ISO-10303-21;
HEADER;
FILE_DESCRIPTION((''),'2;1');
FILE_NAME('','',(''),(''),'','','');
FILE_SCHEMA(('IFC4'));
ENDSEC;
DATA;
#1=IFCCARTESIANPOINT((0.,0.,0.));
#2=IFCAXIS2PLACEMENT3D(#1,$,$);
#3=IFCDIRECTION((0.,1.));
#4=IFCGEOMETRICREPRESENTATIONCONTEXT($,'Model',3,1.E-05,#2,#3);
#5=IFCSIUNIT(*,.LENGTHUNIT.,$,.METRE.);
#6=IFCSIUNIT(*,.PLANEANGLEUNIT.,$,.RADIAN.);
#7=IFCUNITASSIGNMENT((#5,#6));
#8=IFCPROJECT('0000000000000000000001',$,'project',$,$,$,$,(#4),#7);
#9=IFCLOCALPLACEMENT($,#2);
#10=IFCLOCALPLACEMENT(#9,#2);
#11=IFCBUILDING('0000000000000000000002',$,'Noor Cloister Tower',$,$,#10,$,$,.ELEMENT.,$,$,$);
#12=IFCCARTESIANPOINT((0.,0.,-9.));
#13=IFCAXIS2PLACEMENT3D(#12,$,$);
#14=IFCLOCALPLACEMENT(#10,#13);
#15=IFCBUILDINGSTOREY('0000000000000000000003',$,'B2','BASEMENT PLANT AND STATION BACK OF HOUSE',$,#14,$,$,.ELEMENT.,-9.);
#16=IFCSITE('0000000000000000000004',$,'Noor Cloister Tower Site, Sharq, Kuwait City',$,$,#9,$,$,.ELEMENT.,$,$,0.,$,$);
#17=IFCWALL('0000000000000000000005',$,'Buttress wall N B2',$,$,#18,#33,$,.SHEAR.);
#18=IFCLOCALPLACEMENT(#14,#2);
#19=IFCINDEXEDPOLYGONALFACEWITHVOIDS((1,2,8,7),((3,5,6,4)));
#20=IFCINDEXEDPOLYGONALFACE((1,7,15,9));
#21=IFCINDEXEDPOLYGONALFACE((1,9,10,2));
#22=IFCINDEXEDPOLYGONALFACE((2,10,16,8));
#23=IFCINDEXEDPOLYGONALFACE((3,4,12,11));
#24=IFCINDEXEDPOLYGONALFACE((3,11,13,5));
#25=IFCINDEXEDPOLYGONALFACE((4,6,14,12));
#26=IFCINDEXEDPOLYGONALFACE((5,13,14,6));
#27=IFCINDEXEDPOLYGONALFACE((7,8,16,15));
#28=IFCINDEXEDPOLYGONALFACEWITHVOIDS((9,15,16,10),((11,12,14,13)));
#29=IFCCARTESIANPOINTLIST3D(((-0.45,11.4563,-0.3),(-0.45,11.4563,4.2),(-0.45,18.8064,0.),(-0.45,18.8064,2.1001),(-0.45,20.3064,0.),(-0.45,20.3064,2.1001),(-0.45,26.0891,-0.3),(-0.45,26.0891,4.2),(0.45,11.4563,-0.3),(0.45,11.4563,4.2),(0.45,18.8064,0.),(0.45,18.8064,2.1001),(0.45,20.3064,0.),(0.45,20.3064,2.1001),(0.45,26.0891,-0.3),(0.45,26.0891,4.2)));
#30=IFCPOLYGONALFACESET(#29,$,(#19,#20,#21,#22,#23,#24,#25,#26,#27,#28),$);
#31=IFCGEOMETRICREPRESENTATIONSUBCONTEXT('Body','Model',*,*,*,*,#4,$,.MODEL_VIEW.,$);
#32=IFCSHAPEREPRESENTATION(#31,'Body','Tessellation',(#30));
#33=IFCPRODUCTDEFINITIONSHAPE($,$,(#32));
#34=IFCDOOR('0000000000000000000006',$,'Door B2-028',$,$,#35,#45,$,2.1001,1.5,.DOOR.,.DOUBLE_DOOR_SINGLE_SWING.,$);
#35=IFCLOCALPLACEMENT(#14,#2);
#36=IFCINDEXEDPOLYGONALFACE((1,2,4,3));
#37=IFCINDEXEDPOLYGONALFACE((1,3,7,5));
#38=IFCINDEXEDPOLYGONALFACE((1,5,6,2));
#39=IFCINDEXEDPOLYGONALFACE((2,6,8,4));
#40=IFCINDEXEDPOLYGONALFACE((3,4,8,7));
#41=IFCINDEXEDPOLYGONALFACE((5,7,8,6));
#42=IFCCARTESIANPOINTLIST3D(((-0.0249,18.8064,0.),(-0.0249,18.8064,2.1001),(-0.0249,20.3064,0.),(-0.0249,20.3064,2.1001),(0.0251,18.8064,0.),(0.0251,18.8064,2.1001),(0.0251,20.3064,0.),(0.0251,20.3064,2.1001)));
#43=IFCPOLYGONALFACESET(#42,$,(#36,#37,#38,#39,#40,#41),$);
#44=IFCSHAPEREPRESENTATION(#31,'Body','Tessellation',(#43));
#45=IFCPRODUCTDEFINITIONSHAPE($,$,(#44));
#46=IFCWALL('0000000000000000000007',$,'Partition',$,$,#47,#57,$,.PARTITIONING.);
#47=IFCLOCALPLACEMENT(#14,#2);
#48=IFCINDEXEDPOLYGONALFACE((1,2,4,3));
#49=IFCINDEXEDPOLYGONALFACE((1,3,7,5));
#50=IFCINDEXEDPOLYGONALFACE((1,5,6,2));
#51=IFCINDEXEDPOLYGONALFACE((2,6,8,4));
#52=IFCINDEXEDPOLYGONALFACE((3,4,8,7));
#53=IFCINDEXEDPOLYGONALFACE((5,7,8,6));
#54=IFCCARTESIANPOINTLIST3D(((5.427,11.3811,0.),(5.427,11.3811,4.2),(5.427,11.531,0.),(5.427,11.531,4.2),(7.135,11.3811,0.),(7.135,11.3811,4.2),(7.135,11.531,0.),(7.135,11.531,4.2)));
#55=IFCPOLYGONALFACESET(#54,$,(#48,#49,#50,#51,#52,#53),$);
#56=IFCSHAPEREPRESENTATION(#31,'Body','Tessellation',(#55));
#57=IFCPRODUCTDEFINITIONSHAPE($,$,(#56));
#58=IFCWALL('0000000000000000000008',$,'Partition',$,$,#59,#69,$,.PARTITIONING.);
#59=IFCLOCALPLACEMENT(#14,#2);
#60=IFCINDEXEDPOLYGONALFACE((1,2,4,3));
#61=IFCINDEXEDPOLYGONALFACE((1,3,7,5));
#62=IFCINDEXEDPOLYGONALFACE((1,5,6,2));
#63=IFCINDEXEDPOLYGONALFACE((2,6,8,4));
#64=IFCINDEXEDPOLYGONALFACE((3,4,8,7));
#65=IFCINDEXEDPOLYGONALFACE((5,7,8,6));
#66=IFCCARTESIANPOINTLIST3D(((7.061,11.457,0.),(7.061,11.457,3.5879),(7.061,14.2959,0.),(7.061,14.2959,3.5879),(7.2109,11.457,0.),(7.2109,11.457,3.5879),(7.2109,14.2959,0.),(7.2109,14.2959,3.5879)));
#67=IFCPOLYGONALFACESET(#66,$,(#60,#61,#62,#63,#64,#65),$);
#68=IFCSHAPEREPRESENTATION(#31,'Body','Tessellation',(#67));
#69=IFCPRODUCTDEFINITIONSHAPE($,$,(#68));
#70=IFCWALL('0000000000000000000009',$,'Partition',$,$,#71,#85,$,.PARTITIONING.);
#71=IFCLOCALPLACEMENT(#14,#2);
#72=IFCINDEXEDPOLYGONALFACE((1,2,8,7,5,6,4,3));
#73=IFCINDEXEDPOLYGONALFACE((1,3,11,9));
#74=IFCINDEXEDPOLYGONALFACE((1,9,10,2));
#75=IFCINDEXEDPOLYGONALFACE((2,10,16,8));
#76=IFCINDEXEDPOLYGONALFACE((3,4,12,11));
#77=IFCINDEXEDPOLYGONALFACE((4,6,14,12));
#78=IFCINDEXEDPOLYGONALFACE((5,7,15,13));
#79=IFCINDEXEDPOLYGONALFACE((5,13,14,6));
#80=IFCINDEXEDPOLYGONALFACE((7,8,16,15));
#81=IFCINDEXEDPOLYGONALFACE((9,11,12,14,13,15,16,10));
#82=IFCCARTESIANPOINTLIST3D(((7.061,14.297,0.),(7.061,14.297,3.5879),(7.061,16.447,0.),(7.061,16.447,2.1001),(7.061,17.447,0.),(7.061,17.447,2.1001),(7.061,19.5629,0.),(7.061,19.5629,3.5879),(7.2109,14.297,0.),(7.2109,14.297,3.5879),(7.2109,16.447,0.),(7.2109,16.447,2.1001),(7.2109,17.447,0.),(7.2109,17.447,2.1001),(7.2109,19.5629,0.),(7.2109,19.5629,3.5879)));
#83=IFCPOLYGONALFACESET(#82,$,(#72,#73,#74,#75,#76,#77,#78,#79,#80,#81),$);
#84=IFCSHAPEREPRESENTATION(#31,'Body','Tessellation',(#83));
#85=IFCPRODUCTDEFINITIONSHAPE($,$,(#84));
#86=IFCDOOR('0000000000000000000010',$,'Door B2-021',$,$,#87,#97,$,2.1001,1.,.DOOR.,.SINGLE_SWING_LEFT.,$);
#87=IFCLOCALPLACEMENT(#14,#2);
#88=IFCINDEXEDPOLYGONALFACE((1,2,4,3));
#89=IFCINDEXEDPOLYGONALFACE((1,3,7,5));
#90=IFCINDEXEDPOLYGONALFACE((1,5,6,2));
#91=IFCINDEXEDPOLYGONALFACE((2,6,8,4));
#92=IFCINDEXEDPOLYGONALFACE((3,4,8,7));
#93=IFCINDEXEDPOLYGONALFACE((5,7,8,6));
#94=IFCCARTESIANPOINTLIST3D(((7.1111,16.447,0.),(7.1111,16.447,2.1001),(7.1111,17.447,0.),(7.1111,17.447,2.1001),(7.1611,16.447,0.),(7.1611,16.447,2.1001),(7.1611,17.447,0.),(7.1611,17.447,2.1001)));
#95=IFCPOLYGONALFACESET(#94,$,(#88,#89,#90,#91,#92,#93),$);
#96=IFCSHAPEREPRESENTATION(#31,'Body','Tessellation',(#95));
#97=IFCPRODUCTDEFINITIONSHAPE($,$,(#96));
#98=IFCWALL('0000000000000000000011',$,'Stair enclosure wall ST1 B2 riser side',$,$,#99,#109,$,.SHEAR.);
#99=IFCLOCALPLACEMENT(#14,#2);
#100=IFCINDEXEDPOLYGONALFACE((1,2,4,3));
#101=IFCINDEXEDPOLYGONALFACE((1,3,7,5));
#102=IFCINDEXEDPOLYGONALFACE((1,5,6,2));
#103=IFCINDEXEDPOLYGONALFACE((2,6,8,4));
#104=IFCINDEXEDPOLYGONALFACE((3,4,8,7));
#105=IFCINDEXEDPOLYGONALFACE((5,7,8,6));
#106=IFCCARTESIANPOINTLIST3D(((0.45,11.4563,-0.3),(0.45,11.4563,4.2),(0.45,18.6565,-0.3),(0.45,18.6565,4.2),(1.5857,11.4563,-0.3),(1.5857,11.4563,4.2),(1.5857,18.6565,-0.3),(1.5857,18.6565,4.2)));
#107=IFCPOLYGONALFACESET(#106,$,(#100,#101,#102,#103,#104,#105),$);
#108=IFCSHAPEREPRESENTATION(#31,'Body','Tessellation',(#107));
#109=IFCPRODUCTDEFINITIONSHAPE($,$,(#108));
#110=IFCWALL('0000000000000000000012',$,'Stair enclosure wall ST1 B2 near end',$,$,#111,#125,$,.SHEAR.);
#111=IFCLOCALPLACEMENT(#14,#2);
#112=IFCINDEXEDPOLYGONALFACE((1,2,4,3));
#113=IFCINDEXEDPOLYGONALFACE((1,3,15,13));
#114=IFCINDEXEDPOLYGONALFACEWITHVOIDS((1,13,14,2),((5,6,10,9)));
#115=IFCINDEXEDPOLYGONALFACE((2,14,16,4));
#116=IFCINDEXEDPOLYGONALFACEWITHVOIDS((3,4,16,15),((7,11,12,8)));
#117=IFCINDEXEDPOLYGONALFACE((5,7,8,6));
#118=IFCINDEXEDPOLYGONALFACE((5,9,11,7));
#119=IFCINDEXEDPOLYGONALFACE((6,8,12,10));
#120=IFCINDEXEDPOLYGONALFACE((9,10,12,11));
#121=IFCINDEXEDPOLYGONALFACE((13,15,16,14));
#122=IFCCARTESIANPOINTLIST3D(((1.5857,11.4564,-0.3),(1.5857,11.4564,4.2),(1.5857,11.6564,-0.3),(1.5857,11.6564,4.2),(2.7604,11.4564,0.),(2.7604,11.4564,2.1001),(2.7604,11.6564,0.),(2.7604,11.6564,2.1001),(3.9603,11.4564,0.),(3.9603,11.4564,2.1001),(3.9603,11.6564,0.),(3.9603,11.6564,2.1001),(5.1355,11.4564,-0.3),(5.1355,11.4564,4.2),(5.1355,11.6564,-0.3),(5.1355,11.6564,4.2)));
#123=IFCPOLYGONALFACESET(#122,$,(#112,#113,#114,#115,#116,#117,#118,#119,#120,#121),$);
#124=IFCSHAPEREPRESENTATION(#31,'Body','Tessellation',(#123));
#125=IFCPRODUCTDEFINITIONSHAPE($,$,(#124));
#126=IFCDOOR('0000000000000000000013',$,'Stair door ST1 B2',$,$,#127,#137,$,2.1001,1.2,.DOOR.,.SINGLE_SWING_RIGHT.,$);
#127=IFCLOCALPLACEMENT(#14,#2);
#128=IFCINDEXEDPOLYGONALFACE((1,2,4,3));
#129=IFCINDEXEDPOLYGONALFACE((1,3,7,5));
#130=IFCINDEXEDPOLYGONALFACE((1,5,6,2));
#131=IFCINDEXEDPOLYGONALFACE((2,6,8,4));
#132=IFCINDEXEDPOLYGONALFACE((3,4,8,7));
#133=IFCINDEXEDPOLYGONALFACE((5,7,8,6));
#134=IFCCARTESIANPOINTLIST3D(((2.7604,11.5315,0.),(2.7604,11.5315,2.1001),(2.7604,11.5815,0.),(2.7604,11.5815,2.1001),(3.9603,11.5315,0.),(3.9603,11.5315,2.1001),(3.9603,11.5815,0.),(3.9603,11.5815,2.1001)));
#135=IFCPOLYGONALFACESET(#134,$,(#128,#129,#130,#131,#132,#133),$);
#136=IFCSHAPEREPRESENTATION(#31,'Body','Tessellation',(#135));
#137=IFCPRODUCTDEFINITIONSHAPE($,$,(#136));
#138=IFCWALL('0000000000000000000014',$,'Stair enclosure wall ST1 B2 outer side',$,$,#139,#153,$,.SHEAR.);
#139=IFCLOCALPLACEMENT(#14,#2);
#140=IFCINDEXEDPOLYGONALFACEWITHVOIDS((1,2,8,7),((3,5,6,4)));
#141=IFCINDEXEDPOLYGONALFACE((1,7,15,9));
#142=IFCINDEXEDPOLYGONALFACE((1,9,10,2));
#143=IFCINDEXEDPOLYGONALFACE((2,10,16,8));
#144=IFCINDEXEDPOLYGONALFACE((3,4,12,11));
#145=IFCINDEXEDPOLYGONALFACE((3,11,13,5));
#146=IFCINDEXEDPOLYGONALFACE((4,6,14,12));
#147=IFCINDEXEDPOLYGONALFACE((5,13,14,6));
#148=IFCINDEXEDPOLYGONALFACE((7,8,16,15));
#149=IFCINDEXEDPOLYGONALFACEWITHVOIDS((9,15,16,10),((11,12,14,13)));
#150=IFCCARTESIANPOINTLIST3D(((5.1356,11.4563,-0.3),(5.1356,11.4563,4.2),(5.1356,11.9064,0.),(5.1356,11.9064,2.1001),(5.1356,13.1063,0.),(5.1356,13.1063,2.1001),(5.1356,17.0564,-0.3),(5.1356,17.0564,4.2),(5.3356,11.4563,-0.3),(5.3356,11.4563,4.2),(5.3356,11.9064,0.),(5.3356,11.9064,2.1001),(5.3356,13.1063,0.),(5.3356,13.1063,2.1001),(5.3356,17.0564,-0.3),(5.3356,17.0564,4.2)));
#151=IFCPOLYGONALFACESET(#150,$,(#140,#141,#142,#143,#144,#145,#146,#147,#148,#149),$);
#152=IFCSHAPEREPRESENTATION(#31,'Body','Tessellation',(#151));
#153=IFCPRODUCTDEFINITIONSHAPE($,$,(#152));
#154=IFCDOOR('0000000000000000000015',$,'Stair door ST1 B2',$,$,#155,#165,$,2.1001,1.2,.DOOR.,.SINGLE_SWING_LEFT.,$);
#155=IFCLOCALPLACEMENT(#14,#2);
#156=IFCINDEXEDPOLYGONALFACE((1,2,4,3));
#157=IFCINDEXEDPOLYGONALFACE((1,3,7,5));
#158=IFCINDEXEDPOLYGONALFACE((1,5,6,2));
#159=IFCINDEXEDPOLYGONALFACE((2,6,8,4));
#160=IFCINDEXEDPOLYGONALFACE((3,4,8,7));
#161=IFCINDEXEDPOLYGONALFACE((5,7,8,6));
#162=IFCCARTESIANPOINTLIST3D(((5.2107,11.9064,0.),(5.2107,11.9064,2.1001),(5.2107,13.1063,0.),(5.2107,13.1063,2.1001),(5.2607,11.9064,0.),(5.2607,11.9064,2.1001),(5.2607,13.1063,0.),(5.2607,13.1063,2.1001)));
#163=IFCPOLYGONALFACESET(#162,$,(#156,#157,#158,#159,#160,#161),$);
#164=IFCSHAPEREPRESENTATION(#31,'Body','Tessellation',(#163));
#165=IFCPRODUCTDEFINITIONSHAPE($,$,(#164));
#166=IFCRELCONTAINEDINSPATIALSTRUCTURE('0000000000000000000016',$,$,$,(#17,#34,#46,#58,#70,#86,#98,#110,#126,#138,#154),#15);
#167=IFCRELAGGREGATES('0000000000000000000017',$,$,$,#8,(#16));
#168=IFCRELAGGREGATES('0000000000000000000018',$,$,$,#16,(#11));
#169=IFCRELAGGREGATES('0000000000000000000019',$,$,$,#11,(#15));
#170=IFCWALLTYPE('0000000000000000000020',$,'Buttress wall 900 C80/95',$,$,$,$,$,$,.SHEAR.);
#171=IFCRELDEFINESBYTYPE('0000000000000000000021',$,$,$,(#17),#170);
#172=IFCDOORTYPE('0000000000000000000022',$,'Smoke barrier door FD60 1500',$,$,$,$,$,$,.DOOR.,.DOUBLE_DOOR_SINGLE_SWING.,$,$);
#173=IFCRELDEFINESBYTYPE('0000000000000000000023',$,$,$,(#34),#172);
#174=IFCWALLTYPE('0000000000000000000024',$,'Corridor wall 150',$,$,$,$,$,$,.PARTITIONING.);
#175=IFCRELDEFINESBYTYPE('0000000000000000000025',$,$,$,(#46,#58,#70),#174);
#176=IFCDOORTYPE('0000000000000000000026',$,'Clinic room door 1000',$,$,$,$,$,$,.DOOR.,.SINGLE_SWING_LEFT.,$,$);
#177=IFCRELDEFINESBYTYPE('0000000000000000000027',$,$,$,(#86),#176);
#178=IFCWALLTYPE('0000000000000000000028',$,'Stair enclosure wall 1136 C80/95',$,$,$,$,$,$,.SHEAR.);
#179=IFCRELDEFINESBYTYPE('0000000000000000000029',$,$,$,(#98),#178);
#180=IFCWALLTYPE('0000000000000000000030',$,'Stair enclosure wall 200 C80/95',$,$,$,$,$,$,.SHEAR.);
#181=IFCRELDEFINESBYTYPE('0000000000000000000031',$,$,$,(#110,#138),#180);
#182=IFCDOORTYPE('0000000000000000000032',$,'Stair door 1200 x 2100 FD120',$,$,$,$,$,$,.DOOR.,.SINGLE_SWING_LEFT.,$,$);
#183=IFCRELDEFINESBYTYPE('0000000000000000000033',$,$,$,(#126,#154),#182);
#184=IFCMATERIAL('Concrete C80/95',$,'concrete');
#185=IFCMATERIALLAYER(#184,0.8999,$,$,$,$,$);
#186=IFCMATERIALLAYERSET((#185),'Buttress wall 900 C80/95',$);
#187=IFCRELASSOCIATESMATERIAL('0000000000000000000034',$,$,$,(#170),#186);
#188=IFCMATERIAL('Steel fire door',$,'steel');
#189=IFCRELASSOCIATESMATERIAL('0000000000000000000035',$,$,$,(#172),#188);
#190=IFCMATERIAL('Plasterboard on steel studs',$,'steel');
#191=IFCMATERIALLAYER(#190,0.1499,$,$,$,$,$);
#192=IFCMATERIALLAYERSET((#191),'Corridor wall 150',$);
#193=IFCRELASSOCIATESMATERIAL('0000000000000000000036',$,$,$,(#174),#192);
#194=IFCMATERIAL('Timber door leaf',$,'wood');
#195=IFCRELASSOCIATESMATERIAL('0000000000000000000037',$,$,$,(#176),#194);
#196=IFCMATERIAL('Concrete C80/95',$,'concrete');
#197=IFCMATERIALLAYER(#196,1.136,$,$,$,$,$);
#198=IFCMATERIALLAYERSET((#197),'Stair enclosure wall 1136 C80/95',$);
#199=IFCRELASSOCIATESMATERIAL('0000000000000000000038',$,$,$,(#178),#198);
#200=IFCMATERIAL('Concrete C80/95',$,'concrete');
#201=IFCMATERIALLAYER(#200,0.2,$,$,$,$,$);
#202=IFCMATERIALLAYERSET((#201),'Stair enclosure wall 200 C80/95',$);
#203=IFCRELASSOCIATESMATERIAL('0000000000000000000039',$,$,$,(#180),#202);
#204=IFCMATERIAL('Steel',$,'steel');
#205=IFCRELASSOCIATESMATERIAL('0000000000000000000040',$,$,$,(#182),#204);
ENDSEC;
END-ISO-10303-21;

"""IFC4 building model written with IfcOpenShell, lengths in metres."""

from ifc_helpers import new_model, si_unit, direction, frame, frame_2d, origin, place, context, subcontext, project, spatial, rectangle, extrude, material, layer, layer_set, type_object, element, fill, save


model = new_model("IFC4")

# Units and contexts
model_context = context("Model", 3, precision=1e-05, world=origin(), true_north=direction((0.0, 1.0)))
body_context = subcontext(model_context, "Body", "Model", "MODEL_VIEW")
ifc_project = project(units=[si_unit("LENGTHUNIT", "METRE"), si_unit("PLANEANGLEUNIT", "RADIAN")], contexts=[model_context])

# Site, building, storey
site_placement = place(None, origin())
site = spatial("IfcSite", under=ifc_project, at=site_placement, Name="Noor Cloister Tower Site, Sharq, Kuwait City", CompositionType="ELEMENT", RefElevation=0.0)
building_placement = place(site_placement, origin())
building = spatial("IfcBuilding", under=site, at=building_placement, Name="Noor Cloister Tower", CompositionType="ELEMENT")
storey_placement = place(building_placement, frame((0.0, 0.0, -9.0)))
storey = spatial("IfcBuildingStorey", under=building, at=storey_placement, Name="B2", Description="BASEMENT PLANT AND STATION BACK OF HOUSE", CompositionType="ELEMENT", Elevation=-9.0)

# Wall, opening, door
ifc_material_1 = material(Name="Concrete C80/95", Category="concrete")
ifc_layer_1 = layer(ifc_material_1, 0.8999)
ifc_layer_set_1 = layer_set([ifc_layer_1], Name="Buttress wall 900 C80/95")
wall_type_1 = type_object("IfcWallType", Name="Buttress wall 900 C80/95", PredefinedType="SHEAR", material=ifc_layer_set_1)
wall_1_placement = place(storey_placement, frame((0.0, 11.4563, -0.3), z_axis=(0.0, 0.0, 1.0), x_axis=(0.0, 1.0, 0.0)))
wall_1 = element("IfcWall", 1, at=wall_1_placement, inside=storey, type_object=wall_type_1, Name="Buttress wall N B2", PredefinedType="SHEAR", context=body_context, shape_type="SweptSolid", body=[
    extrude(rectangle(XDim=14.6328, YDim=0.8999, at=frame_2d((7.3164, 0.0))), origin(), (0.0, 0.0, 1.0), 4.5),
])
opening_1_placement = place(wall_1_placement, frame((7.3501, 0.0, 0.3)))
opening_1 = element("IfcOpeningElement", 2, at=opening_1_placement, cuts=wall_1, PredefinedType="OPENING", context=body_context, shape_type="SweptSolid", body=[
    extrude(rectangle(XDim=1.5, YDim=2.1001, at=frame_2d((0.75, 1.05))), frame((0.0, 0.46, 0.0), z_axis=(0.0, -1.0, 0.0), x_axis=(1.0, 0.0, 0.0)), (0.0, 0.0, 1.0), 0.9199),
])
ifc_material_2 = material(Name="Steel fire door", Category="steel")
door_type_1 = type_object("IfcDoorType", Name="Smoke barrier door FD60 1500", OperationType="DOUBLE_DOOR_SINGLE_SWING", PredefinedType="DOOR", material=ifc_material_2)
door_1_placement = place(opening_1_placement, origin())
door_1 = element("IfcDoor", 3, at=door_1_placement, inside=storey, type_object=door_type_1, Name="Door B2-028", OperationType="DOUBLE_DOOR_SINGLE_SWING", OverallHeight=2.1001, OverallWidth=1.5, PredefinedType="DOOR", context=body_context, shape_type="SweptSolid", body=[
    extrude(rectangle(XDim=1.5, YDim=2.1001, at=frame_2d((0.75, 1.05))), frame((0.0, 0.0249, 0.0), z_axis=(0.0, -1.0, 0.0), x_axis=(1.0, 0.0, 0.0)), (0.0, 0.0, 1.0), 0.05),
])
fill(opening_1, door_1)

# Walls
ifc_material_3 = material(Name="Plasterboard on steel studs", Category="steel")
ifc_layer_2 = layer(ifc_material_3, 0.1499)
ifc_layer_set_2 = layer_set([ifc_layer_2], Name="Corridor wall 150")
wall_type_2 = type_object("IfcWallType", Name="Corridor wall 150", PredefinedType="PARTITIONING", material=ifc_layer_set_2)
wall_2_placement = place(storey_placement, frame((5.427, 11.4561, 0.0), z_axis=(0.0, 0.0, 1.0), x_axis=(1.0, 0.0, 0.0)))
element("IfcWall", 4, at=wall_2_placement, inside=storey, type_object=wall_type_2, Name="Partition", PredefinedType="PARTITIONING", context=body_context, shape_type="SweptSolid", body=[
    extrude(rectangle(XDim=1.708, YDim=0.1499, at=frame_2d((0.854, 0.0))), origin(), (0.0, 0.0, 1.0), 4.2),
])
wall_3_placement = place(storey_placement, frame((7.136, 11.457, 0.0), z_axis=(0.0, 0.0, 1.0), x_axis=(0.0, 1.0, 0.0)))
element("IfcWall", 5, at=wall_3_placement, inside=storey, type_object=wall_type_2, Name="Partition", PredefinedType="PARTITIONING", context=body_context, shape_type="SweptSolid", body=[
    extrude(rectangle(XDim=2.8389, YDim=0.1499, at=frame_2d((1.4194, 0.0))), origin(), (0.0, 0.0, 1.0), 3.5879),
])

# Wall, opening, door
wall_4_placement = place(storey_placement, frame((7.136, 14.2971, 0.0), z_axis=(0.0, 0.0, 1.0), x_axis=(0.0, 1.0, 0.0)))
wall_4 = element("IfcWall", 6, at=wall_4_placement, inside=storey, type_object=wall_type_2, Name="Partition", PredefinedType="PARTITIONING", context=body_context, shape_type="SweptSolid", body=[
    extrude(rectangle(XDim=5.2659, YDim=0.1499, at=frame_2d((2.6328, 0.0))), origin(), (0.0, 0.0, 1.0), 3.5879),
])
opening_2_placement = place(wall_4_placement, frame((2.1499, 0.0, 0.0)))
opening_2 = element("IfcOpeningElement", 7, at=opening_2_placement, cuts=wall_4, PredefinedType="OPENING", context=body_context, shape_type="SweptSolid", body=[
    extrude(rectangle(XDim=1.0, YDim=2.1001, at=frame_2d((0.5, 1.05))), frame((0.0, 0.085, 0.0), z_axis=(0.0, -1.0, 0.0), x_axis=(1.0, 0.0, 0.0)), (0.0, 0.0, 1.0), 0.1699),
])
ifc_material_4 = material(Name="Timber door leaf", Category="wood")
door_type_2 = type_object("IfcDoorType", Name="Clinic room door 1000", OperationType="SINGLE_SWING_LEFT", PredefinedType="DOOR", material=ifc_material_4)
door_2_placement = place(opening_2_placement, origin())
door_2 = element("IfcDoor", 8, at=door_2_placement, inside=storey, type_object=door_type_2, Name="Door B2-021", OperationType="SINGLE_SWING_LEFT", OverallHeight=2.1001, OverallWidth=1.0, PredefinedType="DOOR", context=body_context, shape_type="SweptSolid", body=[
    extrude(rectangle(XDim=1.0, YDim=2.1001, at=frame_2d((0.5, 1.05))), frame((0.0, 0.0249, 0.0), z_axis=(0.0, -1.0, 0.0), x_axis=(1.0, 0.0, 0.0)), (0.0, 0.0, 1.0), 0.05),
])
fill(opening_2, door_2)

# Wall
ifc_material_5 = material(Name="Concrete C80/95", Category="concrete")
ifc_layer_3 = layer(ifc_material_5, 1.136)
ifc_layer_set_3 = layer_set([ifc_layer_3], Name="Stair enclosure wall 1136 C80/95")
wall_type_3 = type_object("IfcWallType", Name="Stair enclosure wall 1136 C80/95", PredefinedType="SHEAR", material=ifc_layer_set_3)
wall_5_placement = place(storey_placement, frame((1.0178, 11.4563, -0.3), z_axis=(0.0, 0.0, 1.0), x_axis=(0.0, 1.0, 0.0)))
element("IfcWall", 9, at=wall_5_placement, inside=storey, type_object=wall_type_3, Name="Stair enclosure wall ST1 B2 riser side", PredefinedType="SHEAR", context=body_context, shape_type="SweptSolid", body=[
    extrude(rectangle(XDim=7.2002, YDim=1.1357, at=frame_2d((3.6001, 0.0))), origin(), (0.0, 0.0, 1.0), 4.5),
])

# Walls, openings, doors
ifc_material_6 = material(Name="Concrete C80/95", Category="concrete")
ifc_layer_4 = layer(ifc_material_6, 0.2)
ifc_layer_set_4 = layer_set([ifc_layer_4], Name="Stair enclosure wall 200 C80/95")
wall_type_4 = type_object("IfcWallType", Name="Stair enclosure wall 200 C80/95", PredefinedType="SHEAR", material=ifc_layer_set_4)
wall_6_placement = place(storey_placement, frame((5.1355, 11.5564, -0.3), z_axis=(0.0, 0.0, 1.0), x_axis=(-1.0, 0.0, 0.0)))
wall_6 = element("IfcWall", 10, at=wall_6_placement, inside=storey, type_object=wall_type_4, Name="Stair enclosure wall ST1 B2 near end", PredefinedType="SHEAR", context=body_context, shape_type="SweptSolid", body=[
    extrude(rectangle(XDim=3.5498, YDim=0.2, at=frame_2d((1.7749, 0.0))), origin(), (0.0, 0.0, 1.0), 4.5),
])
opening_3_placement = place(wall_6_placement, frame((1.175, 0.0, 0.3)))
opening_3 = element("IfcOpeningElement", 11, at=opening_3_placement, cuts=wall_6, PredefinedType="OPENING", context=body_context, shape_type="SweptSolid", body=[
    extrude(rectangle(XDim=1.2, YDim=2.1001, at=frame_2d((0.6001, 1.05))), frame((0.0, 0.1099, 0.0), z_axis=(0.0, -1.0, 0.0), x_axis=(1.0, 0.0, 0.0)), (0.0, 0.0, 1.0), 0.22),
])
ifc_material_7 = material(Name="Steel", Category="steel")
door_type_3 = type_object("IfcDoorType", Name="Stair door 1200 x 2100 FD120", OperationType="SINGLE_SWING_LEFT", PredefinedType="DOOR", material=ifc_material_7)
door_3_placement = place(opening_3_placement, origin())
door_3 = element("IfcDoor", 12, at=door_3_placement, inside=storey, type_object=door_type_3, Name="Stair door ST1 B2", OperationType="SINGLE_SWING_RIGHT", OverallHeight=2.1001, OverallWidth=1.2, PredefinedType="DOOR", context=body_context, shape_type="SweptSolid", body=[
    extrude(rectangle(XDim=1.2, YDim=2.1001, at=frame_2d((0.6001, 1.05))), frame((0.0, 0.0249, 0.0), z_axis=(0.0, -1.0, 0.0), x_axis=(1.0, 0.0, 0.0)), (0.0, 0.0, 1.0), 0.05),
])
fill(opening_3, door_3)
wall_7_placement = place(storey_placement, frame((5.2356, 11.4563, -0.3), z_axis=(0.0, 0.0, 1.0), x_axis=(0.0, 1.0, 0.0)))
wall_7 = element("IfcWall", 13, at=wall_7_placement, inside=storey, type_object=wall_type_4, Name="Stair enclosure wall ST1 B2 outer side", PredefinedType="SHEAR", context=body_context, shape_type="SweptSolid", body=[
    extrude(rectangle(XDim=5.6001, YDim=0.2, at=frame_2d((2.8, 0.0))), origin(), (0.0, 0.0, 1.0), 4.5),
])
opening_4_placement = place(wall_7_placement, frame((0.45, 0.0, 0.3)))
opening_4 = element("IfcOpeningElement", 14, at=opening_4_placement, cuts=wall_7, PredefinedType="OPENING", context=body_context, shape_type="SweptSolid", body=[
    extrude(rectangle(XDim=1.2, YDim=2.1001, at=frame_2d((0.6001, 1.05))), frame((0.0, 0.1099, 0.0), z_axis=(0.0, -1.0, 0.0), x_axis=(1.0, 0.0, 0.0)), (0.0, 0.0, 1.0), 0.22),
])
door_4_placement = place(opening_4_placement, origin())
door_4 = element("IfcDoor", 15, at=door_4_placement, inside=storey, type_object=door_type_3, Name="Stair door ST1 B2", OperationType="SINGLE_SWING_LEFT", OverallHeight=2.1001, OverallWidth=1.2, PredefinedType="DOOR", context=body_context, shape_type="SweptSolid", body=[
    extrude(rectangle(XDim=1.2, YDim=2.1001, at=frame_2d((0.6001, 1.05))), frame((0.0, 0.0249, 0.0), z_axis=(0.0, -1.0, 0.0), x_axis=(1.0, 0.0, 0.0)), (0.0, 0.0, 1.0), 0.05),
])
fill(opening_4, door_4)

save(model, "model.ifc")
